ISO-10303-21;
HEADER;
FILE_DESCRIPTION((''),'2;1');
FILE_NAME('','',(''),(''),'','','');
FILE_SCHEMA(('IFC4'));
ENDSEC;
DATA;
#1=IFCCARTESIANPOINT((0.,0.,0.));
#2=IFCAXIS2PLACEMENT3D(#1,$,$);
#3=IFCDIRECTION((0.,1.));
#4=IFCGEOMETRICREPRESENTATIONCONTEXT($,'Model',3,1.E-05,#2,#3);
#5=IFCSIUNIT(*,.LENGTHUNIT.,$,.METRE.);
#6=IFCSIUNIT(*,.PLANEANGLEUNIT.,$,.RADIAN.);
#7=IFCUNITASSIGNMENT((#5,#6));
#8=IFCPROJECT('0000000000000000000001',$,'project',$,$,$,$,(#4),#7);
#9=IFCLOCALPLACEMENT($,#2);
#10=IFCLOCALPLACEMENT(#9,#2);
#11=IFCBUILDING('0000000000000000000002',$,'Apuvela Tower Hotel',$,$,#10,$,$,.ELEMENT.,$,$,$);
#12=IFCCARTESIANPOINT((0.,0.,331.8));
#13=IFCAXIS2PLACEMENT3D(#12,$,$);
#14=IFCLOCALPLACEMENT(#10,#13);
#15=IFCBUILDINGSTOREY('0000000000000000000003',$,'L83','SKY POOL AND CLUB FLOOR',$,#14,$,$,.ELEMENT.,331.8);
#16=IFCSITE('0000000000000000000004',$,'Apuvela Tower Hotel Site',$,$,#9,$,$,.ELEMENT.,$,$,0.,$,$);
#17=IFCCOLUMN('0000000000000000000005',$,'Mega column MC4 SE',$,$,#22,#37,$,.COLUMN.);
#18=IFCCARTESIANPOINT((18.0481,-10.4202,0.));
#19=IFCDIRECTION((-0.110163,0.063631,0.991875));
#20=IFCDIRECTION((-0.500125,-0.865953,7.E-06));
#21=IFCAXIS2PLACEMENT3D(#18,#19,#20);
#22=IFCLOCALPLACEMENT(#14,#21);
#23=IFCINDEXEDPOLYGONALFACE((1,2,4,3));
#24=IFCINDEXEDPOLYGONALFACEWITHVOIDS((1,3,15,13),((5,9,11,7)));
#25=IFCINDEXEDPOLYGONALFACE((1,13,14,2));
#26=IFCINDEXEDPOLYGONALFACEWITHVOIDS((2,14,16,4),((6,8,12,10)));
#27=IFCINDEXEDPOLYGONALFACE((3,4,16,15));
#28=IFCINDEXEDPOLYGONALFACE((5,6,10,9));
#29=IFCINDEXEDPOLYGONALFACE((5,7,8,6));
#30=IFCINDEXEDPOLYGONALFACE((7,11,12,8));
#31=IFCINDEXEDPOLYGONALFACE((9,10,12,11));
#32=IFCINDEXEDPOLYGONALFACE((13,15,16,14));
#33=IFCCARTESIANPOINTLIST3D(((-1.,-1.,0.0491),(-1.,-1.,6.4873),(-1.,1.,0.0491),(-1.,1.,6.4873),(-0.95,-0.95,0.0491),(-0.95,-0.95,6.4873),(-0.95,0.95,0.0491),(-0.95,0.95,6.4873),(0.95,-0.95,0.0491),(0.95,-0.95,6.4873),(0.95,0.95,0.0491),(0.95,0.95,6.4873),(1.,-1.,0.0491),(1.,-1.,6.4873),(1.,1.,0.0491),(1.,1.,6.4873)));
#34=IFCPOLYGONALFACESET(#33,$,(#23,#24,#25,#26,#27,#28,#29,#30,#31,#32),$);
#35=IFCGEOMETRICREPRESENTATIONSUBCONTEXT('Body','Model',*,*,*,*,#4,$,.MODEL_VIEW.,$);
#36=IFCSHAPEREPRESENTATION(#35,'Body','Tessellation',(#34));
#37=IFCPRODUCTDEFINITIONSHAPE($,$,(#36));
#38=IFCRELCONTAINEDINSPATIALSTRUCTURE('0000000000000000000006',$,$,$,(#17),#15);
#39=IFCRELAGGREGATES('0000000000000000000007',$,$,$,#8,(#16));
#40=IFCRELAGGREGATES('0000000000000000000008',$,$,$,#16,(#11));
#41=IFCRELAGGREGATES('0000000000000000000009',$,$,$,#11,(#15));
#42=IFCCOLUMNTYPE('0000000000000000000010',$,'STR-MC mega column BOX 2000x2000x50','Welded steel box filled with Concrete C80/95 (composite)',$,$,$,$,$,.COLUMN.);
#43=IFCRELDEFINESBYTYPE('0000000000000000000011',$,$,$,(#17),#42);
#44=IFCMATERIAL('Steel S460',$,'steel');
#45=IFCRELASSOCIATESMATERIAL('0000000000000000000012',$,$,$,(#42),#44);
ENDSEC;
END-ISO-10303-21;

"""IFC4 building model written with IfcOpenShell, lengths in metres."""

from ifc_helpers import new_model, si_unit, direction, frame, origin, origin_2d, place, context, subcontext, project, spatial, rectangle, hollow_rectangle, extrude, boolean, halfspace, material, material_profile, profile_set, type_object, element, save


model = new_model("IFC4")

# Units and contexts
model_context = context("Model", 3, precision=1e-05, world=origin(), true_north=direction((0.0, 1.0)))
body_context = subcontext(model_context, "Body", "Model", "MODEL_VIEW")
ifc_project = project(units=[si_unit("LENGTHUNIT", "METRE"), si_unit("PLANEANGLEUNIT", "RADIAN")], contexts=[model_context])

# Site, building, storey
site_placement = place(None, origin())
site = spatial("IfcSite", under=ifc_project, at=site_placement, Name="Apuvela Tower Hotel Site", CompositionType="ELEMENT", RefElevation=0.0)
building_placement = place(site_placement, origin())
building = spatial("IfcBuilding", under=site, at=building_placement, Name="Apuvela Tower Hotel", CompositionType="ELEMENT")
storey_placement = place(building_placement, frame((0.0, 0.0, 331.8)))
storey = spatial("IfcBuildingStorey", under=building, at=storey_placement, Name="L83", Description="SKY POOL AND CLUB FLOOR", CompositionType="ELEMENT", Elevation=331.8)

# Column
ifc_material_1 = material(Name="Steel S460", Category="steel")
ifc_material_profile_1 = material_profile(ifc_material_1, hollow_rectangle(XDim=2.0, YDim=2.0, WallThickness=0.05, at=origin_2d()), Name="BOX 2000x2000x50")
ifc_material_2 = material(Name="Concrete C80/95", Category="concrete")
ifc_material_profile_2 = material_profile(ifc_material_2, rectangle(XDim=1.8999, YDim=1.8999, at=origin_2d()), Name="Concrete C80/95 infill")
ifc_profile_set_1 = profile_set([ifc_material_profile_1, ifc_material_profile_2], Name="Steel S460")
column_type_1 = type_object("IfcColumnType", Name="STR-MC mega column BOX 2000x2000x50", Description="Welded steel box filled with Concrete C80/95 (composite)", PredefinedType="COLUMN", material=ifc_profile_set_1)
column_1_placement = place(storey_placement, frame((18.0481, -10.4202, 0.0), z_axis=(-0.110163, 0.063631, 0.991875), x_axis=(-0.500125, -0.865953, 0.000007)))
element("IfcColumn", 1, at=column_1_placement, inside=storey, type_object=column_type_1, Name="Mega column MC4 SE", PredefinedType="COLUMN", context=body_context, shape_type="SweptSolid", body=[
    boolean("DIFFERENCE", boolean("DIFFERENCE", extrude(hollow_rectangle(XDim=2.0, YDim=2.0, WallThickness=0.05, at=origin_2d()), origin(), (0.0, 0.0, 1.0), 6.5532), halfspace(frame((0.0, 0.0, 0.0491), z_axis=(0.0, 0.0, 1.0), x_axis=(1.0, 0.0, 0.0)), True)), halfspace(frame((0.0, 0.0, 6.4873), z_axis=(0.0, 0.0, 1.0), x_axis=(1.0, 0.0, 0.0)), False)),
])

save(model, "model.ifc")
